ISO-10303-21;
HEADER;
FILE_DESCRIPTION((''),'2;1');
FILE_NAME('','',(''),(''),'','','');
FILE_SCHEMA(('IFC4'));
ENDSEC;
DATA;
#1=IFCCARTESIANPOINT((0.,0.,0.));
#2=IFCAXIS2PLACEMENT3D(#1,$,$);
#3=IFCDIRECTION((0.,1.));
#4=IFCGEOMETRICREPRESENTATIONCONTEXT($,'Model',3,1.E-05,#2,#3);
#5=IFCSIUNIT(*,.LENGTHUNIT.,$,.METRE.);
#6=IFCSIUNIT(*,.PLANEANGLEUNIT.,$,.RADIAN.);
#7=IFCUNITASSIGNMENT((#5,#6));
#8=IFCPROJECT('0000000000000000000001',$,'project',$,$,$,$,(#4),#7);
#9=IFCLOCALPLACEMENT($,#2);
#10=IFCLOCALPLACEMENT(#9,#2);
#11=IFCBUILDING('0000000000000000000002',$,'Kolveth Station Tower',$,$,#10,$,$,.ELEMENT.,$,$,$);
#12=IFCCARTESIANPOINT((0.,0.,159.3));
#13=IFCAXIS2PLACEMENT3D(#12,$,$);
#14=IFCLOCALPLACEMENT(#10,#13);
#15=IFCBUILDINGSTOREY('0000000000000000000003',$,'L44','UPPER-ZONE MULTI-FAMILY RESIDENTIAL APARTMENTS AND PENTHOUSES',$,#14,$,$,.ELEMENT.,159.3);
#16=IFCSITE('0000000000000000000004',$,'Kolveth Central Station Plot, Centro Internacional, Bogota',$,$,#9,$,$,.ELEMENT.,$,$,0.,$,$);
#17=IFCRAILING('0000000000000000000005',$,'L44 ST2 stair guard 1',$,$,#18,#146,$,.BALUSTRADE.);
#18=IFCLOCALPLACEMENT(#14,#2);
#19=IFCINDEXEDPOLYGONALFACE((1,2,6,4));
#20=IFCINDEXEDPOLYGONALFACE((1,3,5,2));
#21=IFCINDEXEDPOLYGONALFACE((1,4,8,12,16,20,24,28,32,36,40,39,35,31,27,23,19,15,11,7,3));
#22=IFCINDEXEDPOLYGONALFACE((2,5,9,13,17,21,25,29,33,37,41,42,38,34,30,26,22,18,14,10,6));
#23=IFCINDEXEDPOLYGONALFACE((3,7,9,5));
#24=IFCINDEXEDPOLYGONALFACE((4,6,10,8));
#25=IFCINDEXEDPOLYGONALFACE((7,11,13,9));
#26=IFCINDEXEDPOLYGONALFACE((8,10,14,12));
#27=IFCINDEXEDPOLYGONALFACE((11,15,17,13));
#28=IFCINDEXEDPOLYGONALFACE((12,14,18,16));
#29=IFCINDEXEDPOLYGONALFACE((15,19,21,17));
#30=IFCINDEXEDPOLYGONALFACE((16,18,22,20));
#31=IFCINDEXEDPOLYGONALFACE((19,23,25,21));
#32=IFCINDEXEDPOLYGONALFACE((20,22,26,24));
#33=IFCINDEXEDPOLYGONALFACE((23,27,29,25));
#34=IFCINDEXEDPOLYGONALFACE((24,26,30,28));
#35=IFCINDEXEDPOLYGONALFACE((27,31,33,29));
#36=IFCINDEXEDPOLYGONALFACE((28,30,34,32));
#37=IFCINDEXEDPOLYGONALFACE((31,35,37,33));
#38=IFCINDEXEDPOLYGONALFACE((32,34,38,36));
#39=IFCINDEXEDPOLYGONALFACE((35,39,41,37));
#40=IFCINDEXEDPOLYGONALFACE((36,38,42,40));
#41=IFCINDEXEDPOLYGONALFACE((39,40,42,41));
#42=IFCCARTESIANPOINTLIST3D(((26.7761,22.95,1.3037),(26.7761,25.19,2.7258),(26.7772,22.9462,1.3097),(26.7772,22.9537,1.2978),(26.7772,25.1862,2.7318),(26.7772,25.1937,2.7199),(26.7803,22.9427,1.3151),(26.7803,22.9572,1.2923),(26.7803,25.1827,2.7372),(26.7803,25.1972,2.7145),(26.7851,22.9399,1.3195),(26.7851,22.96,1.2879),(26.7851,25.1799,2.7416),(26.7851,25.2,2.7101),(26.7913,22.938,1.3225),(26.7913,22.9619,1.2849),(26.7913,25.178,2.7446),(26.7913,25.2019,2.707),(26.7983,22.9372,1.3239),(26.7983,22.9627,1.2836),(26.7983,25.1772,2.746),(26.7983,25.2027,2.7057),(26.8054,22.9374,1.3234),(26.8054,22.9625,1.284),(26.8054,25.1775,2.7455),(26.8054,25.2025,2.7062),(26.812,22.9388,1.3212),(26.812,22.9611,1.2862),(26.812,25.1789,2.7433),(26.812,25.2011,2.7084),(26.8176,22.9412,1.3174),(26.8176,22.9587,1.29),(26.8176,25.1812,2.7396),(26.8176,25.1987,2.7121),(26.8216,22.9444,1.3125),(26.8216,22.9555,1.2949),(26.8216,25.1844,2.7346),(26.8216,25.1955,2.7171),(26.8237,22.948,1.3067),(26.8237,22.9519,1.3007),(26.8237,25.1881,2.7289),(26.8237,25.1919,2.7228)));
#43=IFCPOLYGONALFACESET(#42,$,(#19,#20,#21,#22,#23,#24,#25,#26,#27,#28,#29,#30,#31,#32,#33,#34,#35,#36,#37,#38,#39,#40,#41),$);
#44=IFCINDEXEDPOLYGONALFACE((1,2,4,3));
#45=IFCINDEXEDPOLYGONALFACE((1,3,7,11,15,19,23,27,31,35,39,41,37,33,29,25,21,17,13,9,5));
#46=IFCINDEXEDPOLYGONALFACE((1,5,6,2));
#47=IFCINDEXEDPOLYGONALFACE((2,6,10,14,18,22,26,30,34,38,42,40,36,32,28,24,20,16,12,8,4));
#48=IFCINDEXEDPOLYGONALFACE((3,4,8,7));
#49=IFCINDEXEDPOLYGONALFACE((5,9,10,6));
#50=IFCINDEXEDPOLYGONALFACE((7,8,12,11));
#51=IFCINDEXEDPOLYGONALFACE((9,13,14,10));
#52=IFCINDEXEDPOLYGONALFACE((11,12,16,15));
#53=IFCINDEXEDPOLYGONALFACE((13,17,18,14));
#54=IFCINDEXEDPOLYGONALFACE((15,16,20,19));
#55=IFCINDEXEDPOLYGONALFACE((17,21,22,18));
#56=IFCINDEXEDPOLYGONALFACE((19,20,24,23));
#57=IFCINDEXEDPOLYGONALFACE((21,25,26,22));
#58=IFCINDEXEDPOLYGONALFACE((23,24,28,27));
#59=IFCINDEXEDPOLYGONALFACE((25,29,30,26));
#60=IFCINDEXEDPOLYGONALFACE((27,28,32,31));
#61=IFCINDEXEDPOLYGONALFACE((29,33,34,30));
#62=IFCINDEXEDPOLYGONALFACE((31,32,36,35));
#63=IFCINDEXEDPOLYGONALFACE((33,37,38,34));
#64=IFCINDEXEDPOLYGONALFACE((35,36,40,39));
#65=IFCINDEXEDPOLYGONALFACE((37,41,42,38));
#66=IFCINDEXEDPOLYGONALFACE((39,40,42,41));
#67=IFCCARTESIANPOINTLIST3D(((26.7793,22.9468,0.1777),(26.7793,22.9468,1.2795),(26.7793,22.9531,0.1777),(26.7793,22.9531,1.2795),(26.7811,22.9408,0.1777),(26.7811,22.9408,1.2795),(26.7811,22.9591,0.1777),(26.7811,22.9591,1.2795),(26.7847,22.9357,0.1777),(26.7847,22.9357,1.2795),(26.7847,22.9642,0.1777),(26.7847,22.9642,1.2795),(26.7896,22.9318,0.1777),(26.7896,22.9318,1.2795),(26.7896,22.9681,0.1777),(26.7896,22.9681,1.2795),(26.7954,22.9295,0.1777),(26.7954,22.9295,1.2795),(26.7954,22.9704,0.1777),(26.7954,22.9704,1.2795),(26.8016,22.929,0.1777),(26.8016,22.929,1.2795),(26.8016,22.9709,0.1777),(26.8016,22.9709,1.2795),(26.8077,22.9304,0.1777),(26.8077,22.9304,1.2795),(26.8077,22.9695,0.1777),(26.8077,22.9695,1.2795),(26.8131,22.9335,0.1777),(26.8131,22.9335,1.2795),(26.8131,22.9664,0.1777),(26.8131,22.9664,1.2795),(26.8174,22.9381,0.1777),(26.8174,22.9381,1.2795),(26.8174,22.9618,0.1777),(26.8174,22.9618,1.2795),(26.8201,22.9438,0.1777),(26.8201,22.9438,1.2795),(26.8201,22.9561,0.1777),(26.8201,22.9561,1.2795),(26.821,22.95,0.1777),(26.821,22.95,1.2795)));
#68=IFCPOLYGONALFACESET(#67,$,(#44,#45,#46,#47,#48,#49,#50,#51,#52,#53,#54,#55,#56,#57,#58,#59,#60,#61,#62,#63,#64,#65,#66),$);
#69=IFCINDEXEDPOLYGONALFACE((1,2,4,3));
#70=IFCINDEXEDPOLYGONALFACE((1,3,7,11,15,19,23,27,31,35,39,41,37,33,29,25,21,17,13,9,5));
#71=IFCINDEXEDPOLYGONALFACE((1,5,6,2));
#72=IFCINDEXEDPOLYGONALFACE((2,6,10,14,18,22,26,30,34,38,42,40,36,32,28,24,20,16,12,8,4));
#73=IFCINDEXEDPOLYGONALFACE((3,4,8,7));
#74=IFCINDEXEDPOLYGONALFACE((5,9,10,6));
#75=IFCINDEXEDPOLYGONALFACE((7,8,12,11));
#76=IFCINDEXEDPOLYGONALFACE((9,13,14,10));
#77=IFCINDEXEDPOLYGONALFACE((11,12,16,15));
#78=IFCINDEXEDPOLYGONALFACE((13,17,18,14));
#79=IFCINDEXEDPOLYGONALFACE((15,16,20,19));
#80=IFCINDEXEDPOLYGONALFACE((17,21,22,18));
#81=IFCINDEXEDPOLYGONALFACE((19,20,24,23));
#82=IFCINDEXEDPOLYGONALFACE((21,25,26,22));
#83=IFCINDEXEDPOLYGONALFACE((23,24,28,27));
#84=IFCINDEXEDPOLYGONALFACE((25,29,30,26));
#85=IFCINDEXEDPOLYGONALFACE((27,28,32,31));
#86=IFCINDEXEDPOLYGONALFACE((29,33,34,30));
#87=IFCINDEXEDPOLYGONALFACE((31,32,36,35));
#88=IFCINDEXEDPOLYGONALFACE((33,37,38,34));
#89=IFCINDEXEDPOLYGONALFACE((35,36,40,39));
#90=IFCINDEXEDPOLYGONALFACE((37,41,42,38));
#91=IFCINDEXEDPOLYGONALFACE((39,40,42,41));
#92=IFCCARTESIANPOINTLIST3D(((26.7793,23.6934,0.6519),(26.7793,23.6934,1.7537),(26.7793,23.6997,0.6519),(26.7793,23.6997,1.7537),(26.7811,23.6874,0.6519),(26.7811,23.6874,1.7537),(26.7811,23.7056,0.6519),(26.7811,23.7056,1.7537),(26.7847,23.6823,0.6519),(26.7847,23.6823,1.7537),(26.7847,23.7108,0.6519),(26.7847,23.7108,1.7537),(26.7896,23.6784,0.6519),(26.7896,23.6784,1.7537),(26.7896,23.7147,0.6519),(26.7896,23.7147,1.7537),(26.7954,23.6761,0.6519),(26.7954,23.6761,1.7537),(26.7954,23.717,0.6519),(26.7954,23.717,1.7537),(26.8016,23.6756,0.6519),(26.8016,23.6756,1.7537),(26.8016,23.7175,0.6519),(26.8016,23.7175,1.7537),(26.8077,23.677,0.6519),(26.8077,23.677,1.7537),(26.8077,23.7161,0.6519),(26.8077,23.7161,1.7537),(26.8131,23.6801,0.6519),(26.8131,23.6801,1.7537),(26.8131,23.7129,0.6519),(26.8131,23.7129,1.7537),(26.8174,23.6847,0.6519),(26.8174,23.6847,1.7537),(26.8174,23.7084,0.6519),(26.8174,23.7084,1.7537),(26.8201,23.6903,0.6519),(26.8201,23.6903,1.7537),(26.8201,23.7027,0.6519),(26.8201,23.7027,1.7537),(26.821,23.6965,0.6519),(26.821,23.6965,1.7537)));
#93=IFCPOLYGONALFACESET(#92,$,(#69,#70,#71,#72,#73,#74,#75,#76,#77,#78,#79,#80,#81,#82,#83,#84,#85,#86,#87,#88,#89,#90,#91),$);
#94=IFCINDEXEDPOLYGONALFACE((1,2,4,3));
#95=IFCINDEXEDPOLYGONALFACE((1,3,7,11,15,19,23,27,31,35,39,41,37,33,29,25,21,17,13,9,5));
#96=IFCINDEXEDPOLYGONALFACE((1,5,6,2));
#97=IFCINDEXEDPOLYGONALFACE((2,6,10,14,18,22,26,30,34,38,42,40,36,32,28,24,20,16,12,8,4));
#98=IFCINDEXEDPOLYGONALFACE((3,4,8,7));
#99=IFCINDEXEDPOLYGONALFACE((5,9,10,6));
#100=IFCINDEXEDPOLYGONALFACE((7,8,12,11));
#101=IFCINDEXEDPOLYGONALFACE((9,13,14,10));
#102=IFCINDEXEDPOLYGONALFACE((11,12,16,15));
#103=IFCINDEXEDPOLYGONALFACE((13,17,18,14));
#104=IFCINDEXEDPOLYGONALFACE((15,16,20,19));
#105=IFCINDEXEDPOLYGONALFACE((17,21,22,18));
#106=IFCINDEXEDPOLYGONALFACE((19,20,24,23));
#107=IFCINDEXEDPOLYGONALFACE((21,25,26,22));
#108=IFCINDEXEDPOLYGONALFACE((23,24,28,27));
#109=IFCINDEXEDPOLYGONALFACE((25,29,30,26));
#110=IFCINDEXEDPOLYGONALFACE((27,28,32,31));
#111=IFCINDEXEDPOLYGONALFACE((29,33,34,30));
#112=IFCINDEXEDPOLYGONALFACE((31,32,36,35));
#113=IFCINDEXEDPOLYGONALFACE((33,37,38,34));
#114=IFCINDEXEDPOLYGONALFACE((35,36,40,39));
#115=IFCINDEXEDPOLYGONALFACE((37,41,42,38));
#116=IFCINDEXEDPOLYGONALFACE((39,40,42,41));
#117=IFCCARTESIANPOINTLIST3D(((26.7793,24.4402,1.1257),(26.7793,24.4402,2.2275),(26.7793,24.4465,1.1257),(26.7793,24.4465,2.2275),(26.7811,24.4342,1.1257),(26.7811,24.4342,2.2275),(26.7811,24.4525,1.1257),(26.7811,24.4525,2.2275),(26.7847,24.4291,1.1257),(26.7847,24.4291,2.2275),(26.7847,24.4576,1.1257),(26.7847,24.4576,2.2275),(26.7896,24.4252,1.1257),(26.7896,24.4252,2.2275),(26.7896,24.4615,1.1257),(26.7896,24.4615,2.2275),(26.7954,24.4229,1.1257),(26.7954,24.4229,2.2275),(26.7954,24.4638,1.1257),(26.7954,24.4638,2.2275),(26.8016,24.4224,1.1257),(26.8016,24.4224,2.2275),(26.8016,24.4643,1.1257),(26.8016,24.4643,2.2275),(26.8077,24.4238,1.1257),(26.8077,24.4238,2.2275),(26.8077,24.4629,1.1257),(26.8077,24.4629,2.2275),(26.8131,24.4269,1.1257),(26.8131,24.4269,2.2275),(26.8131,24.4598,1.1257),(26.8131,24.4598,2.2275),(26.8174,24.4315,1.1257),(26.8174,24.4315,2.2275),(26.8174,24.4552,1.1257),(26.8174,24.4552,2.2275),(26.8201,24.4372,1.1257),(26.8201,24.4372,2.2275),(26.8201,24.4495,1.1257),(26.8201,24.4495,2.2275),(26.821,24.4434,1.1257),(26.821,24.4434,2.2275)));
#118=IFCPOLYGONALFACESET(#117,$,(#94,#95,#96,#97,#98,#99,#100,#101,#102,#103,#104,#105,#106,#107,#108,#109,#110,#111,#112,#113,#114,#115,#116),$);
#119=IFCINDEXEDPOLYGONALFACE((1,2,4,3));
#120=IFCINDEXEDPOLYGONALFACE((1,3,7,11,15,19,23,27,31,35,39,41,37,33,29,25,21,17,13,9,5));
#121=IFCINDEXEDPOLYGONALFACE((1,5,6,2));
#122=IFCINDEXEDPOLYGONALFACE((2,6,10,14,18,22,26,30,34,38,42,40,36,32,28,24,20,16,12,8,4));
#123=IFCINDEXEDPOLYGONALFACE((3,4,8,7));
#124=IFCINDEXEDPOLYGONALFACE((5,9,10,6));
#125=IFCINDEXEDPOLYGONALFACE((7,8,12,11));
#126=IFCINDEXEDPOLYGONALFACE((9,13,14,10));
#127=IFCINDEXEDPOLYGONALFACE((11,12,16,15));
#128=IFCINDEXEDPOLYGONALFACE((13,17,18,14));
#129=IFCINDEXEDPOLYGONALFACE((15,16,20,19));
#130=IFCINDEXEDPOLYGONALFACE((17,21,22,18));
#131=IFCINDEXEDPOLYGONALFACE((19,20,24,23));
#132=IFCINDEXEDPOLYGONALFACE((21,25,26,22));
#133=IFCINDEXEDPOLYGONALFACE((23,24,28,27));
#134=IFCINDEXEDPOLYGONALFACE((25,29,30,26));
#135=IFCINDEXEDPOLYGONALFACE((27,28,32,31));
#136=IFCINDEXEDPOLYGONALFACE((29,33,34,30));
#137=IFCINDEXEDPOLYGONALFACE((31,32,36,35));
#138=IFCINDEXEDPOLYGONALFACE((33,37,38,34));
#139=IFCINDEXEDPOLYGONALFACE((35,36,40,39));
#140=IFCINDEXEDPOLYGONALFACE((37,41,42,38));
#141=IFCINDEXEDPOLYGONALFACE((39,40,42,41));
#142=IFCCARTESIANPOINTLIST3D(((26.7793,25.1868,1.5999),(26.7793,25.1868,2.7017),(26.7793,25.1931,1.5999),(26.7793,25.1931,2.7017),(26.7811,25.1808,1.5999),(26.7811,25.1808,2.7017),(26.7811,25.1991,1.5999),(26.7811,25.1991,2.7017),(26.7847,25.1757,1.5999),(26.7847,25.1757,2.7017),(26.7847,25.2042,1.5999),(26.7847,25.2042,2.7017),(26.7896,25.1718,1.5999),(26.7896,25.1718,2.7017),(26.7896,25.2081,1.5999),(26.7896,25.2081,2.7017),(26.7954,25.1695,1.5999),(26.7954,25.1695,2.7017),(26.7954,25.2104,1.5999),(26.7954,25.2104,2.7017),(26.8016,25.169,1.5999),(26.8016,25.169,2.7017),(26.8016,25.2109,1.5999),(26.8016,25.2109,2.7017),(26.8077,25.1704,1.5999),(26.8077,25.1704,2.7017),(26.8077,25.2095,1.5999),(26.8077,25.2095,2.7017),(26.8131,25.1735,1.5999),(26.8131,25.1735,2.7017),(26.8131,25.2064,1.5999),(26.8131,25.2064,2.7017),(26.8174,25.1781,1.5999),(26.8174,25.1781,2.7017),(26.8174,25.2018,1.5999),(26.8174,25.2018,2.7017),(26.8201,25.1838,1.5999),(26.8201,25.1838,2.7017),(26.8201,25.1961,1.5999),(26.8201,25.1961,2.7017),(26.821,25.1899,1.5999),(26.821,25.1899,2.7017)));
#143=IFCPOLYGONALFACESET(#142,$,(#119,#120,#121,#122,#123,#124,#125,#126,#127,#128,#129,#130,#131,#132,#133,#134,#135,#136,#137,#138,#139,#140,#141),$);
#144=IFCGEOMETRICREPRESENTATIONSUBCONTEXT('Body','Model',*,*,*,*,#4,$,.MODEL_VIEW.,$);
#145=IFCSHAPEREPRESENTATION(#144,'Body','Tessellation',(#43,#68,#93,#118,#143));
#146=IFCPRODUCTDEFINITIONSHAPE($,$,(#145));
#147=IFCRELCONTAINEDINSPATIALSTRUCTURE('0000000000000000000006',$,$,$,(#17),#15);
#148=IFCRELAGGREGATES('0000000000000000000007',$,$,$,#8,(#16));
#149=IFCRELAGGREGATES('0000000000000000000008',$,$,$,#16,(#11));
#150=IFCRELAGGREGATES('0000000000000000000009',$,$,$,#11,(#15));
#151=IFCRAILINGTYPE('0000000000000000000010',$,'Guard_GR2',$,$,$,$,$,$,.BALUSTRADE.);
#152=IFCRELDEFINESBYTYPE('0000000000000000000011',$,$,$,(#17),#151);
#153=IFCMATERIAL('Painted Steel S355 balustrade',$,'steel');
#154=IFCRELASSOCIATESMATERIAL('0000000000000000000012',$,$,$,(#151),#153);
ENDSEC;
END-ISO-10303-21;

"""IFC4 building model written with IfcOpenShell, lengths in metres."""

from ifc_helpers import new_model, si_unit, direction, frame, origin, origin_2d, place, context, subcontext, project, spatial, circle, extrude, material, type_object, element, save


model = new_model("IFC4")

# Units and contexts
model_context = context("Model", 3, precision=1e-05, world=origin(), true_north=direction((0.0, 1.0)))
body_context = subcontext(model_context, "Body", "Model", "MODEL_VIEW")
ifc_project = project(units=[si_unit("LENGTHUNIT", "METRE"), si_unit("PLANEANGLEUNIT", "RADIAN")], contexts=[model_context])

# Site, building, storey
site_placement = place(None, origin())
site = spatial("IfcSite", under=ifc_project, at=site_placement, Name="Kolveth Central Station Plot, Centro Internacional, Bogota", CompositionType="ELEMENT", RefElevation=0.0)
building_placement = place(site_placement, origin())
building = spatial("IfcBuilding", under=site, at=building_placement, Name="Kolveth Station Tower", CompositionType="ELEMENT")
storey_placement = place(building_placement, frame((0.0, 0.0, 159.3)))
storey = spatial("IfcBuildingStorey", under=building, at=storey_placement, Name="L44", Description="UPPER-ZONE MULTI-FAMILY RESIDENTIAL APARTMENTS AND PENTHOUSES", CompositionType="ELEMENT", Elevation=159.3)

# Railing
ifc_material_1 = material(Name="Painted Steel S355 balustrade", Category="steel")
railing_type_1 = type_object("IfcRailingType", Name="Guard_GR2", PredefinedType="BALUSTRADE", material=ifc_material_1)
railing_1_placement = place(storey_placement, frame((26.8, 22.95, 0.1777)))
element("IfcRailing", 1, at=railing_1_placement, inside=storey, type_object=railing_type_1, Name="L44 ST2 stair guard 1", PredefinedType="BALUSTRADE", context=body_context, shape_type="SweptSolid", body=[
    extrude(circle(Radius=0.0239, at=origin_2d()), frame((0.0, 0.0, 1.126), z_axis=(0.0, 0.844229, 0.535982), x_axis=(-1.0, 0.0, 0.0)), (0.0, 0.0, 1.0), 2.6533),
    extrude(circle(Radius=0.021, at=origin_2d()), origin(), (0.0, 0.0, 1.0), 1.1018),
    extrude(circle(Radius=0.021, at=origin_2d()), frame((0.0, 0.7466, 0.4741)), (0.0, 0.0, 1.0), 1.1018),
    extrude(circle(Radius=0.021, at=origin_2d()), frame((0.0, 1.4934, 0.948)), (0.0, 0.0, 1.0), 1.1018),
    extrude(circle(Radius=0.021, at=origin_2d()), frame((0.0, 2.24, 1.4221)), (0.0, 0.0, 1.0), 1.1018),
])

save(model, "model.ifc")
